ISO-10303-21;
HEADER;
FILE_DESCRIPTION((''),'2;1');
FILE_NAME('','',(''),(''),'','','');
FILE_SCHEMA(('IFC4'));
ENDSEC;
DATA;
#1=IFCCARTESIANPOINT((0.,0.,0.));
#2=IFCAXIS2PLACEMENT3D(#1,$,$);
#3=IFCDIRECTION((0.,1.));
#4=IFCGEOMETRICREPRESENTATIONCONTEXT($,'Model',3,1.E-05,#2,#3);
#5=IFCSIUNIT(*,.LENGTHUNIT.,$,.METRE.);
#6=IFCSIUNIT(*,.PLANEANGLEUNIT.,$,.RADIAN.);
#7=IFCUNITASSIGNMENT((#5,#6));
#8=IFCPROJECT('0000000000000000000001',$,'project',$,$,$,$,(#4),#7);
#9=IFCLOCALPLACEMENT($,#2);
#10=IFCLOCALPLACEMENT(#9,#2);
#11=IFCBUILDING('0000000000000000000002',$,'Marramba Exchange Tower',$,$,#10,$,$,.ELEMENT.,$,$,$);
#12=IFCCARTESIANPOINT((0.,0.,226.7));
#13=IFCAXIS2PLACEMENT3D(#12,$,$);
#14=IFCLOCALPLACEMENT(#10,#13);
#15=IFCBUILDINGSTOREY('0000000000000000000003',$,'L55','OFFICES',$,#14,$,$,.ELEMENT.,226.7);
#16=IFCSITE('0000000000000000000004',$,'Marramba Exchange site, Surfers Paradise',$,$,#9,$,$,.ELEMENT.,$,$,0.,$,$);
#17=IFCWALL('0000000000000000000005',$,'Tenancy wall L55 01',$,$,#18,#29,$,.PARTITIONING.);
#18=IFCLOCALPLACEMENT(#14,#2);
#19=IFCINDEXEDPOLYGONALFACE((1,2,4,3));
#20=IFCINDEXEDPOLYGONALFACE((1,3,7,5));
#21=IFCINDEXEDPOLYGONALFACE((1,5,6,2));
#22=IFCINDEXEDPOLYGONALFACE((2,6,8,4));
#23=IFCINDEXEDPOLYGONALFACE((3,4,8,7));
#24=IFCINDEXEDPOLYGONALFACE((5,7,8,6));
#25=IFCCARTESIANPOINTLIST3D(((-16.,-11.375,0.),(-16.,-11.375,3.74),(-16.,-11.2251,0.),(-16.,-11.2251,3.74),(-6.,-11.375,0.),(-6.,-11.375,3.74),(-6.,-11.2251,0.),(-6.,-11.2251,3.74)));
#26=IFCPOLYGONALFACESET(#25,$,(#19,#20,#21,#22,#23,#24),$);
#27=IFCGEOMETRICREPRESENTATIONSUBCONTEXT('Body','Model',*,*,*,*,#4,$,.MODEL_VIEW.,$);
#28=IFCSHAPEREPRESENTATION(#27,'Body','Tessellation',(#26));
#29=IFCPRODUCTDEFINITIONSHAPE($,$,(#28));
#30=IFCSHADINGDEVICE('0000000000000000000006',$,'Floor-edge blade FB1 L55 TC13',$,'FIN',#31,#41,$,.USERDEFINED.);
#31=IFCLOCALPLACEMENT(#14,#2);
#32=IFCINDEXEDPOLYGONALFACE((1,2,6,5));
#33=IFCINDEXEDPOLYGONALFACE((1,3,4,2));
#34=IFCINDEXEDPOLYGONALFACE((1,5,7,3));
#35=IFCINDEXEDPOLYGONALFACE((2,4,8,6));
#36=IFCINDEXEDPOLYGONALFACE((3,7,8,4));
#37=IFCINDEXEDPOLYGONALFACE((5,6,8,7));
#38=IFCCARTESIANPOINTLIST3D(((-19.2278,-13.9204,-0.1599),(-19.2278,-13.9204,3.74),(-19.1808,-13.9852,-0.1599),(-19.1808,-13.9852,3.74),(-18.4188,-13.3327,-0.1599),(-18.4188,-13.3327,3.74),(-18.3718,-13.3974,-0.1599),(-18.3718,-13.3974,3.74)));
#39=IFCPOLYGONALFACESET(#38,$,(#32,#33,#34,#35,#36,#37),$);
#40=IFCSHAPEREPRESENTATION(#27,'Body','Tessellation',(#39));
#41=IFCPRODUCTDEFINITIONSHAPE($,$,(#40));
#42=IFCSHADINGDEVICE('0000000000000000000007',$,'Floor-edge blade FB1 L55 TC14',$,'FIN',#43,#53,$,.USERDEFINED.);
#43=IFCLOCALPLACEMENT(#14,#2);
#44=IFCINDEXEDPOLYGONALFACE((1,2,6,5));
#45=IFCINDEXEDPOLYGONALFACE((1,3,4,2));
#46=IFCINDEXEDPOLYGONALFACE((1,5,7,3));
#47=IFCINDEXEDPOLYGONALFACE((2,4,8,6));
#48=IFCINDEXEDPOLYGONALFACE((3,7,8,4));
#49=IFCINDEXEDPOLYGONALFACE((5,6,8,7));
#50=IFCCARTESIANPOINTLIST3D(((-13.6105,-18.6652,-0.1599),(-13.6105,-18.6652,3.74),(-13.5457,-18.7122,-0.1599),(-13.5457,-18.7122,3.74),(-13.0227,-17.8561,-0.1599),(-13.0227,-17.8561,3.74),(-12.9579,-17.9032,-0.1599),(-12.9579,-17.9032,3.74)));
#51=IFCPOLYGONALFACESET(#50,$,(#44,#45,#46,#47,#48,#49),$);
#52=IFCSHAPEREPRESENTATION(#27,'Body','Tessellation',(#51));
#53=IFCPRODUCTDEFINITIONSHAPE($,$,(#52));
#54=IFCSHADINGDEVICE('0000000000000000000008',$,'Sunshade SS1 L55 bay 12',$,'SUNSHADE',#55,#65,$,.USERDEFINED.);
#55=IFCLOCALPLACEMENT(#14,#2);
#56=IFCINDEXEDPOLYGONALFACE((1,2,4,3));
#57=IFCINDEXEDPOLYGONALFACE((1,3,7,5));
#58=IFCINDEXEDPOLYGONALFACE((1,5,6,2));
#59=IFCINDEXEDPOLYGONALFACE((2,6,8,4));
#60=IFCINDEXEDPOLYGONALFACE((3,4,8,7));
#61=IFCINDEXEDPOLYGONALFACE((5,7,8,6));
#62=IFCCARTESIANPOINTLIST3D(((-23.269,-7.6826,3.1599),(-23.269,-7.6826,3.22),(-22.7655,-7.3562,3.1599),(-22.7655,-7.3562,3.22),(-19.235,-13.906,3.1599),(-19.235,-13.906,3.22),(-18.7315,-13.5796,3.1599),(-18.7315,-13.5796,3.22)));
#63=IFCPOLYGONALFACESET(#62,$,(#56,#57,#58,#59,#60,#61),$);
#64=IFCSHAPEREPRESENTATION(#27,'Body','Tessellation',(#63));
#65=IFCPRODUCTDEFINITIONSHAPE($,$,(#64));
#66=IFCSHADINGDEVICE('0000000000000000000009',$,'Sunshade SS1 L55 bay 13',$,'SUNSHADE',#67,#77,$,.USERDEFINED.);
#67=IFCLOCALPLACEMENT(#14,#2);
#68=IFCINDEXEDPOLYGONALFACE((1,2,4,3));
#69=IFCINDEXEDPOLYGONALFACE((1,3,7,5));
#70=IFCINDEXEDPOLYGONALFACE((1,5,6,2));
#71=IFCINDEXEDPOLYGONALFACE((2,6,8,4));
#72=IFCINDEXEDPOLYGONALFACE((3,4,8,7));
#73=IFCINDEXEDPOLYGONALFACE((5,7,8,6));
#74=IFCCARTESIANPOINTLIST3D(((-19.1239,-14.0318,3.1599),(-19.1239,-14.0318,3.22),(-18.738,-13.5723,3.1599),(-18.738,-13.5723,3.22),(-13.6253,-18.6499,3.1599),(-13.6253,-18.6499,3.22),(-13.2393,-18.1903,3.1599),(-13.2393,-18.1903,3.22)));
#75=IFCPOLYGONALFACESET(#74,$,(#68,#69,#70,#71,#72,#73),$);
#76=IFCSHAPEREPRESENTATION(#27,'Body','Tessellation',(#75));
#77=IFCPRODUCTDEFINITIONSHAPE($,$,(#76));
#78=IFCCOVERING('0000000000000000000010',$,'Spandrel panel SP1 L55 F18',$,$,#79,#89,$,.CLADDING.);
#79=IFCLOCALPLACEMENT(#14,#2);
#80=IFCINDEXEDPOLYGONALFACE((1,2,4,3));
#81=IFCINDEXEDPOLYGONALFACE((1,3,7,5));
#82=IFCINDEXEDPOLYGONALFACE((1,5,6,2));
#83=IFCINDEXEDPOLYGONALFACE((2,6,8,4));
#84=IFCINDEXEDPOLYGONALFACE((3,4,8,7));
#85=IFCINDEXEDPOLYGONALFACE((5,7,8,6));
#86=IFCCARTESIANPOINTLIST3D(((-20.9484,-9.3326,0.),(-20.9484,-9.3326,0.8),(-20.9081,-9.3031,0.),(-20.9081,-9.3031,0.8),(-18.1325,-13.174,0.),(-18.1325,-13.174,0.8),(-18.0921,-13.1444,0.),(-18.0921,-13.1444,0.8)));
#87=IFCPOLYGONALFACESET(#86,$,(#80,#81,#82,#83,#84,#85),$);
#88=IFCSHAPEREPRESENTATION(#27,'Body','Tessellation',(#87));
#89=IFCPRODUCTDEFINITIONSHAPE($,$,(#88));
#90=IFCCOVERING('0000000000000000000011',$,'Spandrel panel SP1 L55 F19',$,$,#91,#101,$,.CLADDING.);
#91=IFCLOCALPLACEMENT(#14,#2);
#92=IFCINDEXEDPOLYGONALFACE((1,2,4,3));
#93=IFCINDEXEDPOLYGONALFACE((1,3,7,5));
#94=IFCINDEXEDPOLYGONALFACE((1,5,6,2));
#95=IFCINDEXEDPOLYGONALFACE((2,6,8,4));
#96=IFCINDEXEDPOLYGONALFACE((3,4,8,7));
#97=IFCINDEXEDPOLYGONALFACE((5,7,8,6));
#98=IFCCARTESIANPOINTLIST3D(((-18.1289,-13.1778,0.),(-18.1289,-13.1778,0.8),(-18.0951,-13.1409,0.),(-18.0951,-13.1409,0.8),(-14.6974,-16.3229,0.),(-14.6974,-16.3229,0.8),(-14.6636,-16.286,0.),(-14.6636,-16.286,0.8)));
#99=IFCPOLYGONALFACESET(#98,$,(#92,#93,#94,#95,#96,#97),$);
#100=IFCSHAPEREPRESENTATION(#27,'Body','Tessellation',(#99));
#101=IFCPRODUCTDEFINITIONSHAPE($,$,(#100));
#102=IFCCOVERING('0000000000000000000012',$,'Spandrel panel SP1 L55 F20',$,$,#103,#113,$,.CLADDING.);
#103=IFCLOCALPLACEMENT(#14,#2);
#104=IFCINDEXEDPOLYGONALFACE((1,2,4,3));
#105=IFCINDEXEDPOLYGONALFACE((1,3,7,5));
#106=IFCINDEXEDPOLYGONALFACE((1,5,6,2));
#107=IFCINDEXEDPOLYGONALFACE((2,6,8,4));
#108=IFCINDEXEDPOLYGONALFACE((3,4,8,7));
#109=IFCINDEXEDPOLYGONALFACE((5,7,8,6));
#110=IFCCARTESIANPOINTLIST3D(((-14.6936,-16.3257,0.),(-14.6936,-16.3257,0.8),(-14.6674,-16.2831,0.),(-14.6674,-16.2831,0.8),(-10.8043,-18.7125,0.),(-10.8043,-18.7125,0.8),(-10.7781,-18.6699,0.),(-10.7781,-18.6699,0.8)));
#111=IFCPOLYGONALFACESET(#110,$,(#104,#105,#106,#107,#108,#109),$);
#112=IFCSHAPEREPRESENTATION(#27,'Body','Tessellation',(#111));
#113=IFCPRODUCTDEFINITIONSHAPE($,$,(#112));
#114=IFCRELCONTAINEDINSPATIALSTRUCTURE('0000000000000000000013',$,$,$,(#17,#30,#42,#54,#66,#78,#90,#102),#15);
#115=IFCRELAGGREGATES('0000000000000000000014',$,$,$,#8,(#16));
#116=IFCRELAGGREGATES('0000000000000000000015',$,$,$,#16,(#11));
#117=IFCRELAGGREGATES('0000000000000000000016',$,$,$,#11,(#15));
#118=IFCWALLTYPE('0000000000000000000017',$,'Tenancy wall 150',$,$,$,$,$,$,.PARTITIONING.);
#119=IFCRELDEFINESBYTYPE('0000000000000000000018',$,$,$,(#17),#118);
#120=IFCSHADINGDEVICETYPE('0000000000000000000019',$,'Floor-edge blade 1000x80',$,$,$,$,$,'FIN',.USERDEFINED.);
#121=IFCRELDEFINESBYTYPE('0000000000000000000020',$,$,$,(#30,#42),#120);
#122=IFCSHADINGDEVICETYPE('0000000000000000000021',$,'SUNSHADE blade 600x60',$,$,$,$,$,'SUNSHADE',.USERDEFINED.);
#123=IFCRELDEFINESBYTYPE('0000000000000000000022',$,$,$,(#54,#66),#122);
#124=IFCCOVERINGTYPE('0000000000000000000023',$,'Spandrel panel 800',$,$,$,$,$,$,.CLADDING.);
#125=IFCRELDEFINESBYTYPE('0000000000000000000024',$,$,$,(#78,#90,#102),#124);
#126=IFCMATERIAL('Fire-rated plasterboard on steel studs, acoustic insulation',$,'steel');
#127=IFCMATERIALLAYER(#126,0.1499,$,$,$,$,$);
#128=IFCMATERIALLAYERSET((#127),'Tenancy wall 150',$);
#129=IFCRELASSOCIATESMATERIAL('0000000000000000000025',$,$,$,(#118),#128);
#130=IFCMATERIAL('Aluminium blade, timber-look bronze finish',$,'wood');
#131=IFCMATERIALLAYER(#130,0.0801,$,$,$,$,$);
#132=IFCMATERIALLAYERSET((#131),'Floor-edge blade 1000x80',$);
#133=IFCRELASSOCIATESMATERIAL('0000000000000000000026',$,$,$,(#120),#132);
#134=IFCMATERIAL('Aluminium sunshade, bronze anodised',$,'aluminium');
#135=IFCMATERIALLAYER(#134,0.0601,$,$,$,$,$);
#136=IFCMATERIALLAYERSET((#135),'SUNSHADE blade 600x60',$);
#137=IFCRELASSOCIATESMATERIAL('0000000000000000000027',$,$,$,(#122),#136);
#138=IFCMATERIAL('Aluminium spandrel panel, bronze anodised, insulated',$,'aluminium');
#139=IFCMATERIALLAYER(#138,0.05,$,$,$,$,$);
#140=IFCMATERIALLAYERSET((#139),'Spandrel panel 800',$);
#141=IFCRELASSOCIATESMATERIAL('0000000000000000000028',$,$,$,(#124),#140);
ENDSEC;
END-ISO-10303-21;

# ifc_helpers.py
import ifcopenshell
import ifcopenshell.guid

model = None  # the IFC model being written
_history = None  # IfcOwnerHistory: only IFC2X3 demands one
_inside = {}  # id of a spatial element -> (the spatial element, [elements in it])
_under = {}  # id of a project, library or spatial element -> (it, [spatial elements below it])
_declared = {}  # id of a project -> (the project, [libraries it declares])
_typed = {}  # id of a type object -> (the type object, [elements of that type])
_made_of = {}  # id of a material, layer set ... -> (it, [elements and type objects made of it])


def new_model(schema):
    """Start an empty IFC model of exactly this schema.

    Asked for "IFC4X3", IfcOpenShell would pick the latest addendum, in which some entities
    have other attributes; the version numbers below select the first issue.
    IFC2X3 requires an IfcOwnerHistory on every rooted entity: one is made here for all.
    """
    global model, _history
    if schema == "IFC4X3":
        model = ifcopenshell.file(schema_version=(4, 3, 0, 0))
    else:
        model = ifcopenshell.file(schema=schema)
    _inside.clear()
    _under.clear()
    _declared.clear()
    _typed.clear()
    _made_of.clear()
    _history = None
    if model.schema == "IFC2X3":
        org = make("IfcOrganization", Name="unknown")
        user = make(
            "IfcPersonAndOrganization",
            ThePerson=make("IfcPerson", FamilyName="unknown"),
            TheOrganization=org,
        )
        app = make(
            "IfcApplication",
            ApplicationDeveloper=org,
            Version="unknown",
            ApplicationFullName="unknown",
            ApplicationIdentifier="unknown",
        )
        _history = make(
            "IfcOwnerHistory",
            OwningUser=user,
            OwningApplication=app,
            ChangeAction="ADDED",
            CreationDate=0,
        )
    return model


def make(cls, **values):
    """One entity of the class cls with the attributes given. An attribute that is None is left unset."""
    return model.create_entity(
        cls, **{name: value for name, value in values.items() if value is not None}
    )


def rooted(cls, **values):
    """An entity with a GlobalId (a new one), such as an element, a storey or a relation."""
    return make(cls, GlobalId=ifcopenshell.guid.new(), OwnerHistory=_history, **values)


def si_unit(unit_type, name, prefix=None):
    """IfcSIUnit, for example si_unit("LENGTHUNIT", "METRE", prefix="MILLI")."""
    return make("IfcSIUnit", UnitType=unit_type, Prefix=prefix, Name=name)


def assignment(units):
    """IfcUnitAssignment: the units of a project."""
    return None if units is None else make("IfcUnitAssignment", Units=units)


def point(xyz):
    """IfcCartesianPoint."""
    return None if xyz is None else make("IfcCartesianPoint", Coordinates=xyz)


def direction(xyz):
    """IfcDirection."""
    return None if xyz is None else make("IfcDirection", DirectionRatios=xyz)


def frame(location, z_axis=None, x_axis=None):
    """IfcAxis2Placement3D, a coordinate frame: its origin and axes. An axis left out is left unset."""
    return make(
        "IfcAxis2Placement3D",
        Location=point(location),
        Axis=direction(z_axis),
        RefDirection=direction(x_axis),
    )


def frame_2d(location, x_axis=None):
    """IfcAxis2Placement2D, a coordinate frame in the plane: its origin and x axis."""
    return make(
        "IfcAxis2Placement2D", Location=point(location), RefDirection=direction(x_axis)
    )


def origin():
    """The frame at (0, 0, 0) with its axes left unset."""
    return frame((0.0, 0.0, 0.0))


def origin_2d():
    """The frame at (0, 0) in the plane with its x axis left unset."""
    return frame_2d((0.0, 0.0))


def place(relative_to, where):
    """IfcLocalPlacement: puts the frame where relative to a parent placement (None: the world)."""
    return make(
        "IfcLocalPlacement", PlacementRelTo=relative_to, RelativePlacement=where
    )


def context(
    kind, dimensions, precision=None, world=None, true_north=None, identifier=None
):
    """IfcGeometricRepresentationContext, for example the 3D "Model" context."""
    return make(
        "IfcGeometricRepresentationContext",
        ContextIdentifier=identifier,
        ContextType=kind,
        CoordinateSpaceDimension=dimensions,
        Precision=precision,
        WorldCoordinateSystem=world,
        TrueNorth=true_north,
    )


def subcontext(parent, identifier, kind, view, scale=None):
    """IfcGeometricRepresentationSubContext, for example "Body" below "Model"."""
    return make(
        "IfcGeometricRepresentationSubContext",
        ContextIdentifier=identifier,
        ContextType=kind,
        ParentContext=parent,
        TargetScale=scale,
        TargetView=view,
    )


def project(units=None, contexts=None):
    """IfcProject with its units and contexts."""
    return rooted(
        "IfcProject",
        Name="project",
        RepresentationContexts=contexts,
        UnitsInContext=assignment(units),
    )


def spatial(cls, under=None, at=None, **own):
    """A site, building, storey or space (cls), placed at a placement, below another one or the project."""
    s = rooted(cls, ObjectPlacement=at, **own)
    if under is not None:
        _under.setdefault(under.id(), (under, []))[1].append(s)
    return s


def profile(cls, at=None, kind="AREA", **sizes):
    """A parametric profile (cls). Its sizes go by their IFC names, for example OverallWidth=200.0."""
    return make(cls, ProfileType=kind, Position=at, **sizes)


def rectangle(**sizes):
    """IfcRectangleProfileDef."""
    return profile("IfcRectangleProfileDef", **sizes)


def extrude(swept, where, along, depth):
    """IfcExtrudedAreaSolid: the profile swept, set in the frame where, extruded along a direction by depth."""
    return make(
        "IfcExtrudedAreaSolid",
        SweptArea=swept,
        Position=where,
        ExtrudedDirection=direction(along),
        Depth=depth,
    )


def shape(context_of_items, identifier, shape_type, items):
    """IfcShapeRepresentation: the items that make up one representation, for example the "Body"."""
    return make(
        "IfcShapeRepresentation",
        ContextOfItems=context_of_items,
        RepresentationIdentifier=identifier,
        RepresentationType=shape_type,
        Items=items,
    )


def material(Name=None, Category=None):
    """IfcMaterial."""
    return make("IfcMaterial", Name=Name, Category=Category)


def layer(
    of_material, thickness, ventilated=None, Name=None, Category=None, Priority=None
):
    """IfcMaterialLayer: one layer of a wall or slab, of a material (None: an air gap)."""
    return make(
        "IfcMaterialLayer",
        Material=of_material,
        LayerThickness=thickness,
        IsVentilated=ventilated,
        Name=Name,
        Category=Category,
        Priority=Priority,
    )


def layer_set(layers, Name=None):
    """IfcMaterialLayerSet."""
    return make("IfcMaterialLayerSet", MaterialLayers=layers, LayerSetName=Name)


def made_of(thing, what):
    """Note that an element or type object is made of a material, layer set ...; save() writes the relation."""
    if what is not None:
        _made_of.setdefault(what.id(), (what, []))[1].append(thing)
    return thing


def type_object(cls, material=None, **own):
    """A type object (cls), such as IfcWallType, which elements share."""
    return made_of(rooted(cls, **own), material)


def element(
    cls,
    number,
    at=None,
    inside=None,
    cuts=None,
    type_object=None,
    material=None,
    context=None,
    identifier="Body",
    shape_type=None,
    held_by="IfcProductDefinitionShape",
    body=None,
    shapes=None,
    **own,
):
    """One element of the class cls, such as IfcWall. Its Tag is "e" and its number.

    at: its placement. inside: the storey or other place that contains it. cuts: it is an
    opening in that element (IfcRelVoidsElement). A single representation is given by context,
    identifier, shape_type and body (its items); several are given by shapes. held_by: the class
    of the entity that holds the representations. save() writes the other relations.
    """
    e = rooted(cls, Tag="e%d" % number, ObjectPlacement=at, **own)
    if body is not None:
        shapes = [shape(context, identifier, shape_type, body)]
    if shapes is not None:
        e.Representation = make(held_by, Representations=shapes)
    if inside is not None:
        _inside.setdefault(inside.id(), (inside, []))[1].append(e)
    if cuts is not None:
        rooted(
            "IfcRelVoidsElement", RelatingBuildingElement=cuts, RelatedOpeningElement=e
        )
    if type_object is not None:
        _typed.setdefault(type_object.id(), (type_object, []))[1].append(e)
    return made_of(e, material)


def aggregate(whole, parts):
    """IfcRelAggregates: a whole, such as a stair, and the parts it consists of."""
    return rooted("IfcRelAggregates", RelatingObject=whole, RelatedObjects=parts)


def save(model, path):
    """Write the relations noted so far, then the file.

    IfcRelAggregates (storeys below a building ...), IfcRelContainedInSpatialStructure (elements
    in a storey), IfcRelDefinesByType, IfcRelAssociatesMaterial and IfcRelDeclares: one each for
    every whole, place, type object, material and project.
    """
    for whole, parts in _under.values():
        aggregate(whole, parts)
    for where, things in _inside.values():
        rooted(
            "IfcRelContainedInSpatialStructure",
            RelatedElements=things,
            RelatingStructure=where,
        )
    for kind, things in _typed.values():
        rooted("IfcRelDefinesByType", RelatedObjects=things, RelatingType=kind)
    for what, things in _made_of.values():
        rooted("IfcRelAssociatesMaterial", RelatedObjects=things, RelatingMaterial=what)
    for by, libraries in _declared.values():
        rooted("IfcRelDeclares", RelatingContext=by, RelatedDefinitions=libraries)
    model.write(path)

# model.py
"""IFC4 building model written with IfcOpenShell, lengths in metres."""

from ifc_helpers import new_model, si_unit, direction, frame, frame_2d, origin, origin_2d, place, context, subcontext, project, spatial, rectangle, extrude, material, layer, layer_set, type_object, element, save


model = new_model("IFC4")

# Units and contexts
model_context = context("Model", 3, precision=1e-05, world=origin(), true_north=direction((0.0, 1.0)))
body_context = subcontext(model_context, "Body", "Model", "MODEL_VIEW")
ifc_project = project(units=[si_unit("LENGTHUNIT", "METRE"), si_unit("PLANEANGLEUNIT", "RADIAN")], contexts=[model_context])

# Site, building, storey
site_placement = place(None, origin())
site = spatial("IfcSite", under=ifc_project, at=site_placement, Name="Marramba Exchange site, Surfers Paradise", CompositionType="ELEMENT", RefElevation=0.0)
building_placement = place(site_placement, origin())
building = spatial("IfcBuilding", under=site, at=building_placement, Name="Marramba Exchange Tower", CompositionType="ELEMENT")
storey_placement = place(building_placement, frame((0.0, 0.0, 226.7)))
storey = spatial("IfcBuildingStorey", under=building, at=storey_placement, Name="L55", Description="OFFICES", CompositionType="ELEMENT", Elevation=226.7)

# Wall
ifc_material_1 = material(Name="Fire-rated plasterboard on steel studs, acoustic insulation", Category="steel")
ifc_layer_1 = layer(ifc_material_1, 0.1499)
ifc_layer_set_1 = layer_set([ifc_layer_1], Name="Tenancy wall 150")
wall_type_1 = type_object("IfcWallType", Name="Tenancy wall 150", PredefinedType="PARTITIONING", material=ifc_layer_set_1)
wall_1_placement = place(storey_placement, frame((-16.0, -11.3, 0.0), z_axis=(0.0, 0.0, 1.0), x_axis=(1.0, 0.0, 0.0)))
element("IfcWall", 1, at=wall_1_placement, inside=storey, type_object=wall_type_1, Name="Tenancy wall L55 01", PredefinedType="PARTITIONING", context=body_context, shape_type="SweptSolid", body=[
    extrude(rectangle(XDim=10.0, YDim=0.1499, at=frame_2d((5.0, 0.0))), origin(), (0.0, 0.0, 1.0), 3.74),
])

# Shading devices
ifc_material_2 = material(Name="Aluminium blade, timber-look bronze finish", Category="wood")
ifc_layer_2 = layer(ifc_material_2, 0.0801)
ifc_layer_set_2 = layer_set([ifc_layer_2], Name="Floor-edge blade 1000x80")
shading_device_type_1 = type_object("IfcShadingDeviceType", Name="Floor-edge blade 1000x80", ElementType="FIN", PredefinedType="USERDEFINED", material=ifc_layer_set_2)
for number, where, z_axis, x_axis, name in (
    (2, (-18.7998, -13.6589, -0.1599), (0.0, 0.0, 1.0), (-0.809017, -0.587785, 0.0), "Floor-edge blade FB1 L55 TC13"),
    (3, (-13.2842, -18.2842, -0.1599), (0.0, 0.0, 1.0), (-0.587785, -0.809017, 0.0), "Floor-edge blade FB1 L55 TC14"),
):
    element("IfcShadingDevice", number, at=place(storey_placement, frame(where, z_axis=z_axis, x_axis=x_axis)), inside=storey, type_object=shading_device_type_1, Name=name, ObjectType="FIN", PredefinedType="USERDEFINED", context=body_context, shape_type="SweptSolid", body=[
        extrude(rectangle(XDim=1.0, YDim=0.0801, at=origin_2d()), origin(), (0.0, 0.0, 1.0), 3.8999),
    ])
ifc_material_3 = material(Name="Aluminium sunshade, bronze anodised", Category="aluminium")
ifc_layer_3 = layer(ifc_material_3, 0.0601)
ifc_layer_set_3 = layer_set([ifc_layer_3], Name="SUNSHADE blade 600x60")
shading_device_type_2 = type_object("IfcShadingDeviceType", Name="SUNSHADE blade 600x60", ElementType="SUNSHADE", PredefinedType="USERDEFINED", material=ifc_layer_set_3)
shading_device_1_placement = place(storey_placement, frame((-21.0002, -10.6311, 3.1599), z_axis=(0.0, 0.0, 1.0), x_axis=(0.543922, -0.839136, 0.0)))
element("IfcShadingDevice", 4, at=shading_device_1_placement, inside=storey, type_object=shading_device_type_2, Name="Sunshade SS1 L55 bay 12", ObjectType="SUNSHADE", PredefinedType="USERDEFINED", context=body_context, shape_type="SweptSolid", body=[
    extrude(rectangle(XDim=7.4165, YDim=0.6001, at=origin_2d()), origin(), (0.0, 0.0, 1.0), 0.0601),
])
shading_device_2_placement = place(storey_placement, frame((-16.1816, -16.1111, 3.1599), z_axis=(0.0, 0.0, 1.0), x_axis=(0.765762, -0.643124, 0.0)))
element("IfcShadingDevice", 5, at=shading_device_2_placement, inside=storey, type_object=shading_device_type_2, Name="Sunshade SS1 L55 bay 13", ObjectType="SUNSHADE", PredefinedType="USERDEFINED", context=body_context, shape_type="SweptSolid", body=[
    extrude(rectangle(XDim=7.1807, YDim=0.6001, at=origin_2d()), origin(), (0.0, 0.0, 1.0), 0.0601),
])

# Coverings
ifc_material_4 = material(Name="Aluminium spandrel panel, bronze anodised, insulated", Category="aluminium")
ifc_layer_4 = layer(ifc_material_4, 0.05)
ifc_layer_set_4 = layer_set([ifc_layer_4], Name="Spandrel panel 800")
covering_type = type_object("IfcCoveringType", Name="Spandrel panel 800", PredefinedType="CLADDING", material=ifc_layer_set_4)
covering_1_placement = place(storey_placement, frame((-19.5203, -11.2385, 0.0), z_axis=(0.0, 0.0, 1.0), x_axis=(0.591223, -0.806508, 0.0)))
element("IfcCovering", 6, at=covering_1_placement, inside=storey, type_object=covering_type, Name="Spandrel panel SP1 L55 F18", PredefinedType="CLADDING", context=body_context, shape_type="SweptSolid", body=[
    extrude(rectangle(XDim=4.7629, YDim=0.05, at=origin_2d()), origin(), (0.0, 0.0, 1.0), 0.8),
])
covering_2_placement = place(storey_placement, frame((-16.3962, -14.7319, 0.0), z_axis=(0.0, 0.0, 1.0), x_axis=(0.737203, -0.675671, 0.0)))
element("IfcCovering", 7, at=covering_2_placement, inside=storey, type_object=covering_type, Name="Spandrel panel SP1 L55 F19", PredefinedType="CLADDING", context=body_context, shape_type="SweptSolid", body=[
    extrude(rectangle(XDim=4.6548, YDim=0.05, at=origin_2d()), origin(), (0.0, 0.0, 1.0), 0.8),
])
covering_3_placement = place(storey_placement, frame((-12.7358, -17.4978, 0.0), z_axis=(0.0, 0.0, 1.0), x_axis=(0.852301, -0.523052, 0.0)))
element("IfcCovering", 8, at=covering_3_placement, inside=storey, type_object=covering_type, Name="Spandrel panel SP1 L55 F20", PredefinedType="CLADDING", context=body_context, shape_type="SweptSolid", body=[
    extrude(rectangle(XDim=4.5632, YDim=0.05, at=origin_2d()), origin(), (0.0, 0.0, 1.0), 0.8),
])

save(model, "model.ifc")
